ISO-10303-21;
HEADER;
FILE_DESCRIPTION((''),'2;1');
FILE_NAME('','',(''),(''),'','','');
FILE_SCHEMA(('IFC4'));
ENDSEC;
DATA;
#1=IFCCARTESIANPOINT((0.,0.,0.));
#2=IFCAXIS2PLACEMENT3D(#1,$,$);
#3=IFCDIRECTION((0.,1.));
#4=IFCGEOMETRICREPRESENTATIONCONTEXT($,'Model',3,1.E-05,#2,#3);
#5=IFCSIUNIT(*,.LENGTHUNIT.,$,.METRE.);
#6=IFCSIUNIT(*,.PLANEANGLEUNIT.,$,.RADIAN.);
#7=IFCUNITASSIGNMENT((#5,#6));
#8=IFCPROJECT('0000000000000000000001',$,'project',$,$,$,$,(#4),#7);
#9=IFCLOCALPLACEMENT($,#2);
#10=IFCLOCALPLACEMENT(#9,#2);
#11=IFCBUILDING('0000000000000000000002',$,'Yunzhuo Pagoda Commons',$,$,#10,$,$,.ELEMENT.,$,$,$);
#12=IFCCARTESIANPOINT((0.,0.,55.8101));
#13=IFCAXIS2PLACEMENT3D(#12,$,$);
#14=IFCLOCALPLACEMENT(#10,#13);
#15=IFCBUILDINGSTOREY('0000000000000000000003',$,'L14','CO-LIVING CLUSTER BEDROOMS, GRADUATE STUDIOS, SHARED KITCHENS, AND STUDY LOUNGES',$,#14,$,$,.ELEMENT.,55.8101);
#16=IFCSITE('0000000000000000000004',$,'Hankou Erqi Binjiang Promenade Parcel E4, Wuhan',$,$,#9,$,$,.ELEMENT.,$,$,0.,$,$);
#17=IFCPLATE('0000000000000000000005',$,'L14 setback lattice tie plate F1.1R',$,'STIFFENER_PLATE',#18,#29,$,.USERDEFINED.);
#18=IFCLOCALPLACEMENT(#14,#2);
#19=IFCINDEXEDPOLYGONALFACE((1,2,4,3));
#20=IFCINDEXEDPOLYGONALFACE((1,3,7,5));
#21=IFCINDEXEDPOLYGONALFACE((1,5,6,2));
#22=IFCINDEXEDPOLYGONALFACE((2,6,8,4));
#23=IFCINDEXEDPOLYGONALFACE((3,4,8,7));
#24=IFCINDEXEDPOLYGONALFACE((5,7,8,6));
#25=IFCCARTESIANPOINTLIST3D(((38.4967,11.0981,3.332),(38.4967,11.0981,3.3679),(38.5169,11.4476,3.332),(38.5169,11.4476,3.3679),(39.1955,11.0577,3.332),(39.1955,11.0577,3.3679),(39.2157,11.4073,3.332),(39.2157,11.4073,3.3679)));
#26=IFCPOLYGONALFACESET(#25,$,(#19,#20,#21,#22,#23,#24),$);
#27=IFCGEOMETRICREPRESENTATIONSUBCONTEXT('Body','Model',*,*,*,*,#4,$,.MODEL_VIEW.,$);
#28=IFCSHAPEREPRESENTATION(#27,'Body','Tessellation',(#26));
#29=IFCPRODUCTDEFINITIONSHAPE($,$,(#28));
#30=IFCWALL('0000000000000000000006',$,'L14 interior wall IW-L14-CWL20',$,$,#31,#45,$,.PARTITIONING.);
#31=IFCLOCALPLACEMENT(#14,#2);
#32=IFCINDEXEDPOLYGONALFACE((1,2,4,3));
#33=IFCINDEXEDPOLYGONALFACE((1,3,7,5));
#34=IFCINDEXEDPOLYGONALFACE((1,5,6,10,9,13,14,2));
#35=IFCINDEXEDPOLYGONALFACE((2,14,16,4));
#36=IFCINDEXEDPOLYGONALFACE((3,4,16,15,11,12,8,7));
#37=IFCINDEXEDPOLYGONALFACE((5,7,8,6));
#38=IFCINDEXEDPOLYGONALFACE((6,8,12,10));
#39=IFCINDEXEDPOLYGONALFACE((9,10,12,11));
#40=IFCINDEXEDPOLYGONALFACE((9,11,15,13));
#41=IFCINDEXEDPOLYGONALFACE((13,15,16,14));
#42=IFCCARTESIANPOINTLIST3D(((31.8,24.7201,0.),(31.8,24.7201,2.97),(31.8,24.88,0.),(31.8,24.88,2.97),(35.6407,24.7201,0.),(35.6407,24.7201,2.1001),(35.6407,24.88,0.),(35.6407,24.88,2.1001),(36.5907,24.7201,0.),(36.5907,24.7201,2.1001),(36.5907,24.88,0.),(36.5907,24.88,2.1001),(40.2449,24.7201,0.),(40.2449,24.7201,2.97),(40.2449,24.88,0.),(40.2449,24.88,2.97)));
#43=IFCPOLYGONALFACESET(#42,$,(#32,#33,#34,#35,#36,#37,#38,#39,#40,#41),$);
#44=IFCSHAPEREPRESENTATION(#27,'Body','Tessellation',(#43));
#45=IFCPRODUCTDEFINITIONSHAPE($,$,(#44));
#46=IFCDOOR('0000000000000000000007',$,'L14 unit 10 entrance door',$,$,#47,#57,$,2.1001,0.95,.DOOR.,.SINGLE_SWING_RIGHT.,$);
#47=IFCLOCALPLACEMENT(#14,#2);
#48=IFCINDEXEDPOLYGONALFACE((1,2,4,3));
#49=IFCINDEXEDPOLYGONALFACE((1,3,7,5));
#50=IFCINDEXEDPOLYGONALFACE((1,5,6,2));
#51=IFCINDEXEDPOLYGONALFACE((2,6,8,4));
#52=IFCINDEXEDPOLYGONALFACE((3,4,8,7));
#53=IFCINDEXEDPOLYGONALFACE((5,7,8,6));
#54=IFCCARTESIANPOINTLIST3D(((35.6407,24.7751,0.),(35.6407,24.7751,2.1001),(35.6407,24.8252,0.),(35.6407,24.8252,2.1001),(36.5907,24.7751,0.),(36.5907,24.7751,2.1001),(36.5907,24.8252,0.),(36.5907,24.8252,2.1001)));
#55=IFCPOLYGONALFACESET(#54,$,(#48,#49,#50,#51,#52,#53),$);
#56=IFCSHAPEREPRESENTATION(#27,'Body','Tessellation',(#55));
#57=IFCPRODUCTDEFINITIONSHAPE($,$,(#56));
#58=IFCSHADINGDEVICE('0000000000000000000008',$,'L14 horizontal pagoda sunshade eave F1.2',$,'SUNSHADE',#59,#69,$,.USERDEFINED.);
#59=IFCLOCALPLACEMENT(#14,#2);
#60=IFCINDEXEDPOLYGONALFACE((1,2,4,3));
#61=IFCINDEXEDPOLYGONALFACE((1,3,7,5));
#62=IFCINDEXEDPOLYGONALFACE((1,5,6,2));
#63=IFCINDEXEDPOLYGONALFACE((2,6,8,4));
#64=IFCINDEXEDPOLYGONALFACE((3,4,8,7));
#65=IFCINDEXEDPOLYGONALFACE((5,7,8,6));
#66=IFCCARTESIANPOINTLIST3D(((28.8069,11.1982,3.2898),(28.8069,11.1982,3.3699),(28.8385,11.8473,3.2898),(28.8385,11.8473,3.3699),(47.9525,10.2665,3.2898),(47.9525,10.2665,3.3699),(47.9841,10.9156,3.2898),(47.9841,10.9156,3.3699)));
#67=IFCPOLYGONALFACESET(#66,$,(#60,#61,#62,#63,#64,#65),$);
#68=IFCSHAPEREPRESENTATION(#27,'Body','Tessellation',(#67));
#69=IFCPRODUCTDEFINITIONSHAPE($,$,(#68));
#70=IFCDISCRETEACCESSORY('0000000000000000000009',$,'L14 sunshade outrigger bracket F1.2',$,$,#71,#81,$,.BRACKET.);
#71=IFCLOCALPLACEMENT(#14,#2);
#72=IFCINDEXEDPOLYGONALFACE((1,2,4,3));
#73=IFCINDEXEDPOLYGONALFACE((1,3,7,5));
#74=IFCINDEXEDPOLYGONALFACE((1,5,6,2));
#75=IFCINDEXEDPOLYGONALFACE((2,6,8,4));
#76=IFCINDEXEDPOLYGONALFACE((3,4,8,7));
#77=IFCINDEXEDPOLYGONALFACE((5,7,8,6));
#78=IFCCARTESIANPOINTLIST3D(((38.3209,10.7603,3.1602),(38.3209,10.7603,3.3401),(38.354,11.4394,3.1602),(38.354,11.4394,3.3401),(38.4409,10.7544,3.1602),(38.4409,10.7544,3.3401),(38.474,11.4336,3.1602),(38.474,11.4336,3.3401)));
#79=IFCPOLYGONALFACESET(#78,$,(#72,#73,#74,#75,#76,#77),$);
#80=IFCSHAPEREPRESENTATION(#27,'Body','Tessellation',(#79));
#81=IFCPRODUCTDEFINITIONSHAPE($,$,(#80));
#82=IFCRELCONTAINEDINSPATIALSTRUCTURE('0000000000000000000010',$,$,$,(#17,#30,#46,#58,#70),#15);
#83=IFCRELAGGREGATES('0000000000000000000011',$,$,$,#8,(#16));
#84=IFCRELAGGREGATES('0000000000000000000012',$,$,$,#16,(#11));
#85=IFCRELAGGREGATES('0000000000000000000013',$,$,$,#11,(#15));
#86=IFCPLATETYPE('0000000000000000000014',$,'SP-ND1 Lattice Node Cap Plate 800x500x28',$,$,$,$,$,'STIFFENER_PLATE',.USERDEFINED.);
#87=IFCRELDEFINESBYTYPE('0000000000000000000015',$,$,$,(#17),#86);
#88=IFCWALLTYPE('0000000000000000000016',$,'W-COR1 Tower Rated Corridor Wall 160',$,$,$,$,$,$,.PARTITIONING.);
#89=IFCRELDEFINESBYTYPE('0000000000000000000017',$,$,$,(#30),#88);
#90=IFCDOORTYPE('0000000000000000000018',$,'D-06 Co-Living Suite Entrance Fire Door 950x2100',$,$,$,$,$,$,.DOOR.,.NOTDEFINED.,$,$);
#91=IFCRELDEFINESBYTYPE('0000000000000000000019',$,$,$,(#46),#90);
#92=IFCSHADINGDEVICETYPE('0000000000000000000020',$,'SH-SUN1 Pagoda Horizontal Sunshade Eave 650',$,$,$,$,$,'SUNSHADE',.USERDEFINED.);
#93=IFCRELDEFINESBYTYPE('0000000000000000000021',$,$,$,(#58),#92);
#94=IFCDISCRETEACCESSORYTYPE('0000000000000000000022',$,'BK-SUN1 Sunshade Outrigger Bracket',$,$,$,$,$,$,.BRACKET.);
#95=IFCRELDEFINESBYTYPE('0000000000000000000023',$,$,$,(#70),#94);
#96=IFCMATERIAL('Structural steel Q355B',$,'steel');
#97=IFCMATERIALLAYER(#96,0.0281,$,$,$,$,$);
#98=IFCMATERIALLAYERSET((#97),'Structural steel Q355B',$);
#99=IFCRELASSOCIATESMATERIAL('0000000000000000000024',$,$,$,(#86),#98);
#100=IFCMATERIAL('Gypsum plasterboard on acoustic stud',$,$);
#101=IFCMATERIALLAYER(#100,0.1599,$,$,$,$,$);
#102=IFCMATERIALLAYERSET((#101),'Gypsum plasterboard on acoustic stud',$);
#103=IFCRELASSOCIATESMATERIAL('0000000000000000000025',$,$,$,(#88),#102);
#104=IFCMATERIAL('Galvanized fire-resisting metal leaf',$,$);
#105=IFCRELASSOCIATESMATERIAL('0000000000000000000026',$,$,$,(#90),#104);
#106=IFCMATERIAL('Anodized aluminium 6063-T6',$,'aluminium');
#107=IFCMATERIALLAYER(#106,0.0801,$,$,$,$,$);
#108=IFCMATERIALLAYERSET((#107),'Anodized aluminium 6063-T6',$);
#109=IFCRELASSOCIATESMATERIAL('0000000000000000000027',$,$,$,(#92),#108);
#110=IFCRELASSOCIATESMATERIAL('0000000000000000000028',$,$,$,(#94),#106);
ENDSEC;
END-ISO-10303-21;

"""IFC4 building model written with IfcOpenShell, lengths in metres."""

from ifc_helpers import new_model, si_unit, direction, frame, frame_2d, origin, origin_with_axes, origin_2d, place, context, subcontext, project, spatial, rectangle, extrude, source, transform, mapped, material, layer, layer_set, type_object, element, fill, save


model = new_model("IFC4")

# Units and contexts
model_context = context("Model", 3, precision=1e-05, world=origin(), true_north=direction((0.0, 1.0)))
body_context = subcontext(model_context, "Body", "Model", "MODEL_VIEW")
ifc_project = project(units=[si_unit("LENGTHUNIT", "METRE"), si_unit("PLANEANGLEUNIT", "RADIAN")], contexts=[model_context])

# Site, building, storey
site_placement = place(None, origin())
site = spatial("IfcSite", under=ifc_project, at=site_placement, Name="Hankou Erqi Binjiang Promenade Parcel E4, Wuhan", CompositionType="ELEMENT", RefElevation=0.0)
building_placement = place(site_placement, origin())
building = spatial("IfcBuilding", under=site, at=building_placement, Name="Yunzhuo Pagoda Commons", CompositionType="ELEMENT")
storey_placement = place(building_placement, frame((0.0, 0.0, 55.8101)))
storey = spatial("IfcBuildingStorey", under=building, at=storey_placement, Name="L14", Description="CO-LIVING CLUSTER BEDROOMS, GRADUATE STUDIOS, SHARED KITCHENS, AND STUDY LOUNGES", CompositionType="ELEMENT", Elevation=55.8101)

# Shared definitions
ifc_material_1 = material(Name="Structural steel Q355B", Category="steel")

# Shared definitions
ifc_material_2 = material(Name="Anodized aluminium 6063-T6", Category="aluminium")

# Plate
ifc_layer_1 = layer(ifc_material_1, 0.0281)
ifc_layer_set_1 = layer_set([ifc_layer_1], Name="Structural steel Q355B")
plate_type_1 = type_object("IfcPlateType", Name="SP-ND1 Lattice Node Cap Plate 800x500x28", ElementType="STIFFENER_PLATE", PredefinedType="USERDEFINED", material=ifc_layer_set_1)
shared_shape_1 = source(origin(), body_context, "Body", "SweptSolid", [
    extrude(rectangle(XDim=0.7, YDim=0.3501, at=origin_2d()), origin(), (0.0, 0.0, 1.0), 0.0359),
])
for number, where, z_axis, x_axis, name in (
    (1, (38.8562, 11.2527, 3.332), (0.0, 0.0, 1.0), (0.998336, -0.057669, 0.0), "L14 setback lattice tie plate F1.1R"),
):
    element("IfcPlate", number, at=place(storey_placement, frame(where, z_axis=z_axis, x_axis=x_axis)), inside=storey, type_object=plate_type_1, Name=name, ObjectType="STIFFENER_PLATE", PredefinedType="USERDEFINED", context=body_context, shape_type="MappedRepresentation", body=[
        mapped(shared_shape_1, transform((0.0, 0.0, 0.0), scale=1.0)),
    ])

# Wall, opening, door
ifc_material_3 = material(Name="Gypsum plasterboard on acoustic stud")
ifc_layer_2 = layer(ifc_material_3, 0.1599)
ifc_layer_set_2 = layer_set([ifc_layer_2], Name="Gypsum plasterboard on acoustic stud")
wall_type = type_object("IfcWallType", Name="W-COR1 Tower Rated Corridor Wall 160", PredefinedType="PARTITIONING", material=ifc_layer_set_2)
wall_placement = place(storey_placement, frame((40.2449, 24.8, 0.0), z_axis=(0.0, 0.0, 1.0), x_axis=(-1.0, 0.0, 0.0)))
wall = element("IfcWall", 2, at=wall_placement, inside=storey, type_object=wall_type, Name="L14 interior wall IW-L14-CWL20", PredefinedType="PARTITIONING", context=body_context, shape_type="SweptSolid", body=[
    extrude(rectangle(XDim=8.4448, YDim=0.1599, at=frame_2d((4.2224, 0.0))), origin(), (0.0, 0.0, 1.0), 2.97),
])
opening_placement = place(wall_placement, frame((3.6541, 0.0, 0.0)))
opening = element("IfcOpeningElement", 3, at=opening_placement, cuts=wall, PredefinedType="OPENING", context=body_context, shape_type="SweptSolid", body=[
    extrude(rectangle(XDim=0.95, YDim=2.1001, at=frame_2d((0.4751, 1.05))), frame((0.0, 0.0898, 0.0), z_axis=(0.0, -1.0, 0.0), x_axis=(1.0, 0.0, 0.0)), (0.0, 0.0, 1.0), 0.1799),
])
ifc_material_4 = material(Name="Galvanized fire-resisting metal leaf")
door_type = type_object("IfcDoorType", Name="D-06 Co-Living Suite Entrance Fire Door 950x2100", OperationType="NOTDEFINED", PredefinedType="DOOR", material=ifc_material_4)
shared_shape_2 = source(origin(), body_context, "Body", "SweptSolid", [
    extrude(rectangle(XDim=0.95, YDim=2.1001, at=frame_2d((0.4751, 1.05))), frame((0.0, 0.0249, 0.0), z_axis=(0.0, -1.0, 0.0), x_axis=(1.0, 0.0, 0.0)), (0.0, 0.0, 1.0), 0.05),
])
door_placement = place(opening_placement, origin_with_axes())
door = element("IfcDoor", 4, at=door_placement, inside=storey, type_object=door_type, Name="L14 unit 10 entrance door", OperationType="SINGLE_SWING_RIGHT", OverallHeight=2.1001, OverallWidth=0.95, PredefinedType="DOOR", context=body_context, shape_type="MappedRepresentation", body=[
    mapped(shared_shape_2, transform((0.0, 0.0, 0.0), scale=1.0)),
])
fill(opening, door)

# Shading device
ifc_layer_3 = layer(ifc_material_2, 0.0801)
ifc_layer_set_3 = layer_set([ifc_layer_3], Name="Anodized aluminium 6063-T6")
shading_device_type = type_object("IfcShadingDeviceType", Name="SH-SUN1 Pagoda Horizontal Sunshade Eave 650", ElementType="SUNSHADE", PredefinedType="USERDEFINED", material=ifc_layer_set_3)
shared_shape_3 = source(origin(), body_context, "Body", "SweptSolid", [
    extrude(rectangle(XDim=19.1682, YDim=0.6499, at=origin_2d()), origin(), (0.0, 0.0, 1.0), 0.0801),
])
shading_device_placement = place(storey_placement, frame((38.3955, 11.0569, 3.2898), z_axis=(0.0, 0.0, 1.0), x_axis=(0.998818, -0.048606, 0.0)))
element("IfcShadingDevice", 5, at=shading_device_placement, inside=storey, type_object=shading_device_type, Name="L14 horizontal pagoda sunshade eave F1.2", ObjectType="SUNSHADE", PredefinedType="USERDEFINED", context=body_context, shape_type="MappedRepresentation", body=[
    mapped(shared_shape_3, transform((0.0, 0.0, 0.0), scale=1.0)),
])

# Discrete accessory
discrete_accessory_type = type_object("IfcDiscreteAccessoryType", Name="BK-SUN1 Sunshade Outrigger Bracket", PredefinedType="BRACKET", material=ifc_material_2)
shared_shape_4 = source(origin(), body_context, "Body", "SweptSolid", [
    extrude(rectangle(XDim=0.1201, YDim=0.6799, at=origin_2d()), origin(), (0.0, 0.0, 1.0), 0.1799),
])
discrete_accessory_placement = place(storey_placement, frame((38.3975, 11.0969, 3.1602), z_axis=(0.0, 0.0, 1.0), x_axis=(0.998818, -0.048606, 0.0)))
element("IfcDiscreteAccessory", 6, at=discrete_accessory_placement, inside=storey, type_object=discrete_accessory_type, Name="L14 sunshade outrigger bracket F1.2", PredefinedType="BRACKET", context=body_context, shape_type="MappedRepresentation", body=[
    mapped(shared_shape_4, transform((0.0, 0.0, 0.0), scale=1.0)),
])

save(model, "model.ifc")
